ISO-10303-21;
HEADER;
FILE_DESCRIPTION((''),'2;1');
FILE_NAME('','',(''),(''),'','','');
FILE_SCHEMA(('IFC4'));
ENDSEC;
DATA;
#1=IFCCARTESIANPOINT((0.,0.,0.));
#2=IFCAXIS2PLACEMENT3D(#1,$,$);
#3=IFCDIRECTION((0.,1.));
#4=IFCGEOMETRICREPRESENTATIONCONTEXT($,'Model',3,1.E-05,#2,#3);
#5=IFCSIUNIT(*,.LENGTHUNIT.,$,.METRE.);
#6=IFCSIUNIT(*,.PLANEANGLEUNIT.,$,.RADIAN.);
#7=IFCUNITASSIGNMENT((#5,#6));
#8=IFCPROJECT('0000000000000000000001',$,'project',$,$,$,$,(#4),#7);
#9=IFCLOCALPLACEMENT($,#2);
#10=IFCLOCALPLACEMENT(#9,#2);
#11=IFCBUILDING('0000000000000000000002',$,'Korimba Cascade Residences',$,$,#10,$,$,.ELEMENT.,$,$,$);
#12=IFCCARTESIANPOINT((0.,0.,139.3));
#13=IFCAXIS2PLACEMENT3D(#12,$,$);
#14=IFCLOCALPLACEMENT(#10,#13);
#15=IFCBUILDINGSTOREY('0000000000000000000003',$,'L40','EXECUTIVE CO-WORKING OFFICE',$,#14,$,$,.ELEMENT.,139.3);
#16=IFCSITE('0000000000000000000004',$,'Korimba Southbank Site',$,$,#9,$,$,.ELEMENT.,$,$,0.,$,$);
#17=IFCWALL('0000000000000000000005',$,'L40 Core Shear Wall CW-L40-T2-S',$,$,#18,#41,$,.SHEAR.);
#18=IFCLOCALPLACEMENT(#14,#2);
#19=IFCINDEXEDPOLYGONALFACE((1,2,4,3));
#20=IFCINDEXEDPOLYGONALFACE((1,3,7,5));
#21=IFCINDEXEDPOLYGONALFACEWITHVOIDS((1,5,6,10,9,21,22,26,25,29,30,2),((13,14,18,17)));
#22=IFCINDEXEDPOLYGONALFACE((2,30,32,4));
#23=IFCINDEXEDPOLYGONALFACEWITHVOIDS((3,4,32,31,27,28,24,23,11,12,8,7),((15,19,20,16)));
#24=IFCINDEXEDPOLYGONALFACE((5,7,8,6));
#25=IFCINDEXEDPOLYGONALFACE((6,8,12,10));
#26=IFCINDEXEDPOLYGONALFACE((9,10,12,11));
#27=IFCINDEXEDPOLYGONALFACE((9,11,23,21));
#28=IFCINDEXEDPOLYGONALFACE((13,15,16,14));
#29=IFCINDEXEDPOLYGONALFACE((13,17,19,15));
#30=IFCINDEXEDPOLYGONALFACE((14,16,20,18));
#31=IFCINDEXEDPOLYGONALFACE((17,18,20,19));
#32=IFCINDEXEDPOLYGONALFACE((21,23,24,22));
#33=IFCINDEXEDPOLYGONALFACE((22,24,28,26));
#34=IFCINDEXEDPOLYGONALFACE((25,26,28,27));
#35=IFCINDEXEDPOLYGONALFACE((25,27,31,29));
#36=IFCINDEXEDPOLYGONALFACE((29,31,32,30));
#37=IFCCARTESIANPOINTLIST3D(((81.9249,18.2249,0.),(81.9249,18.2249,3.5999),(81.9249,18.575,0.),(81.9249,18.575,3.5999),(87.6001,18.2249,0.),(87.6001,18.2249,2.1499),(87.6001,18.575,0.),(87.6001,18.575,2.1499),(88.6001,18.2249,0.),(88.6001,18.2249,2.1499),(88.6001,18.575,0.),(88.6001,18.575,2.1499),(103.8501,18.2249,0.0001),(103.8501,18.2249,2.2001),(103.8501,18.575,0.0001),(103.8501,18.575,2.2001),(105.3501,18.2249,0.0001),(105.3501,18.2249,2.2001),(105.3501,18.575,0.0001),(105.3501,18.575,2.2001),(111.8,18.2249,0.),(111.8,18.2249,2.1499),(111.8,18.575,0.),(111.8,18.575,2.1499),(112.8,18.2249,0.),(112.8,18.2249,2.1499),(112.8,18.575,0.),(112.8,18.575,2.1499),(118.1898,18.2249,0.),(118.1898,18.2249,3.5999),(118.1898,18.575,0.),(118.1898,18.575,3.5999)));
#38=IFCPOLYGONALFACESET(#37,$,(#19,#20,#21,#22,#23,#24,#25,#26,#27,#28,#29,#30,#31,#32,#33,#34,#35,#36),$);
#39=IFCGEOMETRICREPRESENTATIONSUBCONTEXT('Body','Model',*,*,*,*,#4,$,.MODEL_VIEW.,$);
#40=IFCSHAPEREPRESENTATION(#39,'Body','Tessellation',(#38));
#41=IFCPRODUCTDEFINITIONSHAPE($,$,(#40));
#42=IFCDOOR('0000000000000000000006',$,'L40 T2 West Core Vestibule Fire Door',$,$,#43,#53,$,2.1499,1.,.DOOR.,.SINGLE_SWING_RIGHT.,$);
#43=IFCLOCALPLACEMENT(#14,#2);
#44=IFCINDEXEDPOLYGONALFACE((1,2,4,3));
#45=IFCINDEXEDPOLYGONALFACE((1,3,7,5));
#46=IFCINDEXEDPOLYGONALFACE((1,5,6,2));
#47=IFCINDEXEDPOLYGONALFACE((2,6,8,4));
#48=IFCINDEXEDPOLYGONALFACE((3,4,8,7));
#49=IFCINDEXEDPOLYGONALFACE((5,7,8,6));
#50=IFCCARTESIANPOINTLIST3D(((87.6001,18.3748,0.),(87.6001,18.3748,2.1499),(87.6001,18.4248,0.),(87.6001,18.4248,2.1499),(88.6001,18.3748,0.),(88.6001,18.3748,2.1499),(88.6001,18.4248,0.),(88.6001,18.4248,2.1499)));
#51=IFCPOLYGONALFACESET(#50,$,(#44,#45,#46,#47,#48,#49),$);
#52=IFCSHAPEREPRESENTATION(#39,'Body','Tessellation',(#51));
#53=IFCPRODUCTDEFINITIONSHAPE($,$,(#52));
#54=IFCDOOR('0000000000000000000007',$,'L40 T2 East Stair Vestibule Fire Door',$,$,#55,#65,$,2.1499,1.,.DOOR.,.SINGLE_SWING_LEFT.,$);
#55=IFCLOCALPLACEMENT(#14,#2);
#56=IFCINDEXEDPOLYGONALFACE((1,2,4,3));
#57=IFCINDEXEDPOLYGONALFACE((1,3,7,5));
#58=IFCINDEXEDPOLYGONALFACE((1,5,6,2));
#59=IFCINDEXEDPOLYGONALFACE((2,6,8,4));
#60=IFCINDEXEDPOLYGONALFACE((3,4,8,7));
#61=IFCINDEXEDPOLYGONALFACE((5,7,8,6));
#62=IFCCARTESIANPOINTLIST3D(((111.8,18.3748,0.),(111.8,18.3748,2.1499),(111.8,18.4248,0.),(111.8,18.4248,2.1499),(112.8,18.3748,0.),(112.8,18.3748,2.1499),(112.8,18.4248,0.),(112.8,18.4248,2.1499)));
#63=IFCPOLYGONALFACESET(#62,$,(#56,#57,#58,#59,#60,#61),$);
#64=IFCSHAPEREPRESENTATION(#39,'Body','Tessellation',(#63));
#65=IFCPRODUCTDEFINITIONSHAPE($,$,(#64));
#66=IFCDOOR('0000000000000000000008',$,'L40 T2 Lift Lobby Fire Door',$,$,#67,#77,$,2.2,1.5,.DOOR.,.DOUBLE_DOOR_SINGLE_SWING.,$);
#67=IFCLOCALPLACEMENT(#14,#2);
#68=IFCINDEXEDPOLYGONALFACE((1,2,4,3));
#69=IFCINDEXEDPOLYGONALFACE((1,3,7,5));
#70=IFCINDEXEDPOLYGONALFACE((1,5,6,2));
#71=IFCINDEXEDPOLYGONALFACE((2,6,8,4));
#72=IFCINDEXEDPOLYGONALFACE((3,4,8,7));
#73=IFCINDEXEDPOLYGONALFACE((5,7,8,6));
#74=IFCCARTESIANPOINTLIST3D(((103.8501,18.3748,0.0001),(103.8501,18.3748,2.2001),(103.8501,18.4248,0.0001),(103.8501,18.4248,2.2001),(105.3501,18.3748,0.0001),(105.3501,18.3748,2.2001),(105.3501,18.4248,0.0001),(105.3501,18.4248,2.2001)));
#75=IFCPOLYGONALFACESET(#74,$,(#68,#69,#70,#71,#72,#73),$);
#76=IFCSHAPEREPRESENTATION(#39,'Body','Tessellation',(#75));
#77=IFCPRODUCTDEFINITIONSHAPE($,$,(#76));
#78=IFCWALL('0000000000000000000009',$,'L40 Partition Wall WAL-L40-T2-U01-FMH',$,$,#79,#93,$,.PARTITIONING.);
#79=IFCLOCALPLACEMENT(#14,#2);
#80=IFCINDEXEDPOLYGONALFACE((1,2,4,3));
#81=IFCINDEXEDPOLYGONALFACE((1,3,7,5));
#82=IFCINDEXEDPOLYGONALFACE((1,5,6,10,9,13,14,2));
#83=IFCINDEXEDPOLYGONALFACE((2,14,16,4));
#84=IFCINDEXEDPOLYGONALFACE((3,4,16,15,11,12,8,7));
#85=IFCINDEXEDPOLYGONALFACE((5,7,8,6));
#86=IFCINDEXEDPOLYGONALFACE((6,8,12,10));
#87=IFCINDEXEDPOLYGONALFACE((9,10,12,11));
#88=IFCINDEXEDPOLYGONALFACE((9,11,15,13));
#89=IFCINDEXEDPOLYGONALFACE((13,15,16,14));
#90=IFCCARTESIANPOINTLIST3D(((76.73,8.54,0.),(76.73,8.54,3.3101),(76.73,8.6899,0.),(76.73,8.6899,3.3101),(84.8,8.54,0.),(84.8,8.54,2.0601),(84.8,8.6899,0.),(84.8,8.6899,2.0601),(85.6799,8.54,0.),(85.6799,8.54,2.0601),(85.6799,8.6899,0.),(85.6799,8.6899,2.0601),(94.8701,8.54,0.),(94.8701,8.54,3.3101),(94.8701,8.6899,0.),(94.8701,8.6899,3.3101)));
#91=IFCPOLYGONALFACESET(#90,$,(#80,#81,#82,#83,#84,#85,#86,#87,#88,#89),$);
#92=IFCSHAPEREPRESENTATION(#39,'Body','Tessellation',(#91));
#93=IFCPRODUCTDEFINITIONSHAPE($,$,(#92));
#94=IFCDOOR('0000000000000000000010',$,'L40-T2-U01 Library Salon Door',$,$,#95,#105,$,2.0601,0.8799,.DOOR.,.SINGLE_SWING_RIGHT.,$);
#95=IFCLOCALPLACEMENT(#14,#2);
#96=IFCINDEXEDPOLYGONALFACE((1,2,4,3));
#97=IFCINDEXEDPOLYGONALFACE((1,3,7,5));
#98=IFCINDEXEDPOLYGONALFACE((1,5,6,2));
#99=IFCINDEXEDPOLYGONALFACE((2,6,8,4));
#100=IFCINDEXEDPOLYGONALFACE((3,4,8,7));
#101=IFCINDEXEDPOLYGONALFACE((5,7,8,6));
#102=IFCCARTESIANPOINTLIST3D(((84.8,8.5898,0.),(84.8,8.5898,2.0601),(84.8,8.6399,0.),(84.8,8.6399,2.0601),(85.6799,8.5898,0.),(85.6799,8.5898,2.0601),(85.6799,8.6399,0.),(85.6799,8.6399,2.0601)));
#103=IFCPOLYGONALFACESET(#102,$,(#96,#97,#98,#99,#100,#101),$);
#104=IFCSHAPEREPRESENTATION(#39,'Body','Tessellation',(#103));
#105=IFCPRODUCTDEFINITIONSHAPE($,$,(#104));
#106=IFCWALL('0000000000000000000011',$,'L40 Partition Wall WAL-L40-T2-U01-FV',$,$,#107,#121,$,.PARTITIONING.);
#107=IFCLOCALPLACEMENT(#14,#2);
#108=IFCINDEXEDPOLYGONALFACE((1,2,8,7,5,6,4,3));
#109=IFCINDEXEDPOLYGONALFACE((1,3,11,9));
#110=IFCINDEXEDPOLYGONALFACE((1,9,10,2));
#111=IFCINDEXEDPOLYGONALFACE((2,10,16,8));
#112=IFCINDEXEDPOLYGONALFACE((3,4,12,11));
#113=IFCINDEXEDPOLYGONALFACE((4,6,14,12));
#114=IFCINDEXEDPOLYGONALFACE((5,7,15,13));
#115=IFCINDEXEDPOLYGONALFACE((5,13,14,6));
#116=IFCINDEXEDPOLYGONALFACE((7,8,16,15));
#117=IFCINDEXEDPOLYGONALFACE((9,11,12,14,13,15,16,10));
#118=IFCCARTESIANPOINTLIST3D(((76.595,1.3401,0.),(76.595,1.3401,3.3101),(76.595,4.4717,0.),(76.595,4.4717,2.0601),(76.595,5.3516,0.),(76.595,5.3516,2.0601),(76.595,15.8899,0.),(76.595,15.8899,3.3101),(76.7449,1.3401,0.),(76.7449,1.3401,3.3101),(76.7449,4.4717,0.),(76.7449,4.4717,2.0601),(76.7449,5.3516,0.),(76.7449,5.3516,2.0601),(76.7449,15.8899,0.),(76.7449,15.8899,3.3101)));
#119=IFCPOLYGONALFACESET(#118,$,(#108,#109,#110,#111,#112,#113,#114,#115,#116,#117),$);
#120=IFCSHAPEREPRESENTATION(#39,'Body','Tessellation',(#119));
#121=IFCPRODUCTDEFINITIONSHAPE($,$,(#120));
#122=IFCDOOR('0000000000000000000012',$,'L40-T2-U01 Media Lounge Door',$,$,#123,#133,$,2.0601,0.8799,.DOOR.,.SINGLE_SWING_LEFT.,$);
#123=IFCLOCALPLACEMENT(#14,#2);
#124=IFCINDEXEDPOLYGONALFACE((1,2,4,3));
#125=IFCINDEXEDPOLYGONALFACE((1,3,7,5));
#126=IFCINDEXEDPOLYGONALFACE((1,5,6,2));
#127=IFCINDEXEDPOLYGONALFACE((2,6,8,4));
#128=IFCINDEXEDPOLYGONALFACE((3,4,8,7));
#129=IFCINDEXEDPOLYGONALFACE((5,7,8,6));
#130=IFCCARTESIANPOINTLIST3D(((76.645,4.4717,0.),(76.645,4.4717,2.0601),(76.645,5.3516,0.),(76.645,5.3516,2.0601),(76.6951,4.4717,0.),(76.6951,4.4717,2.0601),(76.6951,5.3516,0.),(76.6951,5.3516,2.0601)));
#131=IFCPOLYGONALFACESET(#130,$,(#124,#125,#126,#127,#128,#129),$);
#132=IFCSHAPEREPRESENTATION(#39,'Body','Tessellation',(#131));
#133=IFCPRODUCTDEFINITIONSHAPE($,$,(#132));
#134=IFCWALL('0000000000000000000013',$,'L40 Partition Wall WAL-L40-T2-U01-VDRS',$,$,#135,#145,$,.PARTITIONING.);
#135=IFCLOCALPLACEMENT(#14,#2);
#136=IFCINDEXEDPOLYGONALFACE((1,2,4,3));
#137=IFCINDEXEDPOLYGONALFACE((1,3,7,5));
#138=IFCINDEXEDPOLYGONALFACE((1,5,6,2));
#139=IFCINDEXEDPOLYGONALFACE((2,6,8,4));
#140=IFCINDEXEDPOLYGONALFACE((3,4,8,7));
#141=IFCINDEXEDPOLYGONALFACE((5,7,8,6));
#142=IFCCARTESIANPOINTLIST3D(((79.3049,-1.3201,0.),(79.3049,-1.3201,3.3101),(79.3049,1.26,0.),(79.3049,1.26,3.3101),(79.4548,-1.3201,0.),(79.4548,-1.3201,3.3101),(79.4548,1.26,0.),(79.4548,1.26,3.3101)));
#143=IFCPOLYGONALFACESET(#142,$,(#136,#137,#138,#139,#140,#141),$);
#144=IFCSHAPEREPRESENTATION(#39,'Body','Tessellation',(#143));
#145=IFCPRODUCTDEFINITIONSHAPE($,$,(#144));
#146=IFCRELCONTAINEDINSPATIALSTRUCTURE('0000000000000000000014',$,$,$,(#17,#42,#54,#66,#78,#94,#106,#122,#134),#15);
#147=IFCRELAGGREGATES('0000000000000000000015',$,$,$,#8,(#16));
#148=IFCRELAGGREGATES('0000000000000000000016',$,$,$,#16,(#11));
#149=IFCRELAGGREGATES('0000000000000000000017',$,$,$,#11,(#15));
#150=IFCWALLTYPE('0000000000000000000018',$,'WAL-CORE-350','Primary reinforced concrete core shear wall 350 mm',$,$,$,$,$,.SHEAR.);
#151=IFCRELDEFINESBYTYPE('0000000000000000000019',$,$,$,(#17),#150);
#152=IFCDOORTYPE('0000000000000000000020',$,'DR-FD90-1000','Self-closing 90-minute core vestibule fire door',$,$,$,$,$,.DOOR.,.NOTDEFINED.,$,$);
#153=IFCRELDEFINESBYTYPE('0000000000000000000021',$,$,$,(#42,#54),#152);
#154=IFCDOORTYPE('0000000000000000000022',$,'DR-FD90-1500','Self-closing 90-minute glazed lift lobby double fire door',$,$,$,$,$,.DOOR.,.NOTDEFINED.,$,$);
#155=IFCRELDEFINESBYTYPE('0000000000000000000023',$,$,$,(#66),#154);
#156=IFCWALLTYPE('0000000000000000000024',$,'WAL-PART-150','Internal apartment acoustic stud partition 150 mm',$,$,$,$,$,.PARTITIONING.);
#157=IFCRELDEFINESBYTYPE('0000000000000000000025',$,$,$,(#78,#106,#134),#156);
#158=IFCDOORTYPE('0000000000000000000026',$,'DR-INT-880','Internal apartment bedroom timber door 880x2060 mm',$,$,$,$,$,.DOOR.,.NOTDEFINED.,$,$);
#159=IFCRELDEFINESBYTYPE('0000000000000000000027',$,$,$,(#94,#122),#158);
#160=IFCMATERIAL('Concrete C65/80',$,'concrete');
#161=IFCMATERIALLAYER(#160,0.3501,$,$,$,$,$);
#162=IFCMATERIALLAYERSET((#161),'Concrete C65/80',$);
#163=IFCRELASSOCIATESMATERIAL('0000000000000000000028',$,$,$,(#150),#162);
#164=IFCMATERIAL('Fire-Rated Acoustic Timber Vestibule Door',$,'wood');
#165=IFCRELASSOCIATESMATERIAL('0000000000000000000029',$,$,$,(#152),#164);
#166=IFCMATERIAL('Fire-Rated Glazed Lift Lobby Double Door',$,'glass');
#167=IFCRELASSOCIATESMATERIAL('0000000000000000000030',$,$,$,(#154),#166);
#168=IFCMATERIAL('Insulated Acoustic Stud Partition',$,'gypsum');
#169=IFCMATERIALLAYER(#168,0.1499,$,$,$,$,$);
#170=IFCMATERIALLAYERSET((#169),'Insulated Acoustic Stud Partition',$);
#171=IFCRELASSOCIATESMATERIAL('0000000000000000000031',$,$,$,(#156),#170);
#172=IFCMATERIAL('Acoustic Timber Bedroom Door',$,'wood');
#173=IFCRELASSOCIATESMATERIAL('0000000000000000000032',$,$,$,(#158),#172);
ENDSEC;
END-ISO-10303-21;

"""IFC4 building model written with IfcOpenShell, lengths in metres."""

from ifc_helpers import new_model, si_unit, direction, frame, frame_2d, origin, place, context, subcontext, project, spatial, rectangle, extrude, material, layer, layer_set, type_object, element, fill, save


model = new_model("IFC4")

# Units and contexts
model_context = context("Model", 3, precision=1e-05, world=origin(), true_north=direction((0.0, 1.0)))
body_context = subcontext(model_context, "Body", "Model", "MODEL_VIEW")
ifc_project = project(units=[si_unit("LENGTHUNIT", "METRE"), si_unit("PLANEANGLEUNIT", "RADIAN")], contexts=[model_context])

# Site, building, storey
site_placement = place(None, origin())
site = spatial("IfcSite", under=ifc_project, at=site_placement, Name="Korimba Southbank Site", CompositionType="ELEMENT", RefElevation=0.0)
building_placement = place(site_placement, origin())
building = spatial("IfcBuilding", under=site, at=building_placement, Name="Korimba Cascade Residences", CompositionType="ELEMENT")
storey_placement = place(building_placement, frame((0.0, 0.0, 139.3)))
storey = spatial("IfcBuildingStorey", under=building, at=storey_placement, Name="L40", Description="EXECUTIVE CO-WORKING OFFICE", CompositionType="ELEMENT", Elevation=139.3)

# Wall, openings, doors
ifc_material_1 = material(Name="Concrete C65/80", Category="concrete")
ifc_layer_1 = layer(ifc_material_1, 0.3501)
ifc_layer_set_1 = layer_set([ifc_layer_1], Name="Concrete C65/80")
wall_type_1 = type_object("IfcWallType", Name="WAL-CORE-350", Description="Primary reinforced concrete core shear wall 350 mm", PredefinedType="SHEAR", material=ifc_layer_set_1)
wall_1_placement = place(storey_placement, frame((81.925, 18.3999, 0.0), z_axis=(0.0, 0.0, 1.0), x_axis=(1.0, 0.0, 0.0)))
wall_1 = element("IfcWall", 1, at=wall_1_placement, inside=storey, type_object=wall_type_1, Name="L40 Core Shear Wall CW-L40-T2-S", PredefinedType="SHEAR", context=body_context, shape_type="SweptSolid", body=[
    extrude(rectangle(XDim=36.2649, YDim=0.3501, at=frame_2d((18.1323, 0.0))), origin(), (0.0, 0.0, 1.0), 3.5999),
])
opening_1_placement = place(wall_1_placement, frame((5.675, 0.0, 0.0)))
opening_1 = element("IfcOpeningElement", 2, at=opening_1_placement, cuts=wall_1, PredefinedType="OPENING", context=body_context, shape_type="SweptSolid", body=[
    extrude(rectangle(XDim=1.0, YDim=2.1499, at=frame_2d((0.5, 1.075))), frame((0.0, 0.1851, 0.0), z_axis=(0.0, -1.0, 0.0), x_axis=(1.0, 0.0, 0.0)), (0.0, 0.0, 1.0), 0.3701),
])
opening_2_placement = place(wall_1_placement, frame((21.925, 0.0, 0.0)))
opening_2 = element("IfcOpeningElement", 3, at=opening_2_placement, cuts=wall_1, PredefinedType="OPENING", context=body_context, shape_type="SweptSolid", body=[
    extrude(rectangle(XDim=1.5, YDim=2.2, at=frame_2d((0.75, 1.1001))), frame((0.0, 0.1851, 0.0), z_axis=(0.0, -1.0, 0.0), x_axis=(1.0, 0.0, 0.0)), (0.0, 0.0, 1.0), 0.3701),
])
opening_3_placement = place(wall_1_placement, frame((29.875, 0.0, 0.0)))
opening_3 = element("IfcOpeningElement", 4, at=opening_3_placement, cuts=wall_1, PredefinedType="OPENING", context=body_context, shape_type="SweptSolid", body=[
    extrude(rectangle(XDim=1.0, YDim=2.1499, at=frame_2d((0.5, 1.075))), frame((0.0, 0.1851, 0.0), z_axis=(0.0, -1.0, 0.0), x_axis=(1.0, 0.0, 0.0)), (0.0, 0.0, 1.0), 0.3701),
])
ifc_material_2 = material(Name="Fire-Rated Acoustic Timber Vestibule Door", Category="wood")
door_type_1 = type_object("IfcDoorType", Name="DR-FD90-1000", Description="Self-closing 90-minute core vestibule fire door", OperationType="NOTDEFINED", PredefinedType="DOOR", material=ifc_material_2)
door_1_placement = place(opening_1_placement, origin())
door_1 = element("IfcDoor", 5, at=door_1_placement, inside=storey, type_object=door_type_1, Name="L40 T2 West Core Vestibule Fire Door", OperationType="SINGLE_SWING_RIGHT", OverallHeight=2.1499, OverallWidth=1.0, PredefinedType="DOOR", context=body_context, shape_type="SweptSolid", body=[
    extrude(rectangle(XDim=1.0, YDim=2.1499, at=frame_2d((0.5, 1.075))), frame((0.0, 0.0249, 0.0), z_axis=(0.0, -1.0, 0.0), x_axis=(1.0, 0.0, 0.0)), (0.0, 0.0, 1.0), 0.05),
])
fill(opening_1, door_1)
door_2_placement = place(opening_3_placement, origin())
door_2 = element("IfcDoor", 6, at=door_2_placement, inside=storey, type_object=door_type_1, Name="L40 T2 East Stair Vestibule Fire Door", OperationType="SINGLE_SWING_LEFT", OverallHeight=2.1499, OverallWidth=1.0, PredefinedType="DOOR", context=body_context, shape_type="SweptSolid", body=[
    extrude(rectangle(XDim=1.0, YDim=2.1499, at=frame_2d((0.5, 1.075))), frame((0.0, 0.0249, 0.0), z_axis=(0.0, -1.0, 0.0), x_axis=(1.0, 0.0, 0.0)), (0.0, 0.0, 1.0), 0.05),
])
fill(opening_3, door_2)
ifc_material_3 = material(Name="Fire-Rated Glazed Lift Lobby Double Door", Category="glass")
door_type_2 = type_object("IfcDoorType", Name="DR-FD90-1500", Description="Self-closing 90-minute glazed lift lobby double fire door", OperationType="NOTDEFINED", PredefinedType="DOOR", material=ifc_material_3)
door_3_placement = place(opening_2_placement, origin())
door_3 = element("IfcDoor", 7, at=door_3_placement, inside=storey, type_object=door_type_2, Name="L40 T2 Lift Lobby Fire Door", OperationType="DOUBLE_DOOR_SINGLE_SWING", OverallHeight=2.2, OverallWidth=1.5, PredefinedType="DOOR", context=body_context, shape_type="SweptSolid", body=[
    extrude(rectangle(XDim=1.5, YDim=2.2, at=frame_2d((0.75, 1.1001))), frame((0.0, 0.0249, 0.0), z_axis=(0.0, -1.0, 0.0), x_axis=(1.0, 0.0, 0.0)), (0.0, 0.0, 1.0), 0.05),
])
fill(opening_2, door_3)

# Walls, openings, doors
ifc_material_4 = material(Name="Insulated Acoustic Stud Partition", Category="gypsum")
ifc_layer_2 = layer(ifc_material_4, 0.1499)
ifc_layer_set_2 = layer_set([ifc_layer_2], Name="Insulated Acoustic Stud Partition")
wall_type_2 = type_object("IfcWallType", Name="WAL-PART-150", Description="Internal apartment acoustic stud partition 150 mm", PredefinedType="PARTITIONING", material=ifc_layer_set_2)
wall_2_placement = place(storey_placement, frame((76.73, 8.615, 0.0), z_axis=(0.0, 0.0, 1.0), x_axis=(1.0, 0.0, 0.0)))
wall_2 = element("IfcWall", 8, at=wall_2_placement, inside=storey, type_object=wall_type_2, Name="L40 Partition Wall WAL-L40-T2-U01-FMH", PredefinedType="PARTITIONING", context=body_context, shape_type="SweptSolid", body=[
    extrude(rectangle(XDim=18.1401, YDim=0.1499, at=frame_2d((9.0701, 0.0))), origin(), (0.0, 0.0, 1.0), 3.3101),
])
opening_4_placement = place(wall_2_placement, frame((8.0701, 0.0, 0.0)))
opening_4 = element("IfcOpeningElement", 9, at=opening_4_placement, cuts=wall_2, PredefinedType="OPENING", context=body_context, shape_type="SweptSolid", body=[
    extrude(rectangle(XDim=0.8799, YDim=2.0601, at=frame_2d((0.4399, 1.03))), frame((0.0, 0.085, 0.0), z_axis=(0.0, -1.0, 0.0), x_axis=(1.0, 0.0, 0.0)), (0.0, 0.0, 1.0), 0.1699),
])
ifc_material_5 = material(Name="Acoustic Timber Bedroom Door", Category="wood")
door_type_3 = type_object("IfcDoorType", Name="DR-INT-880", Description="Internal apartment bedroom timber door 880x2060 mm", OperationType="NOTDEFINED", PredefinedType="DOOR", material=ifc_material_5)
door_4_placement = place(opening_4_placement, origin())
door_4 = element("IfcDoor", 10, at=door_4_placement, inside=storey, type_object=door_type_3, Name="L40-T2-U01 Library Salon Door", OperationType="SINGLE_SWING_RIGHT", OverallHeight=2.0601, OverallWidth=0.8799, PredefinedType="DOOR", context=body_context, shape_type="SweptSolid", body=[
    extrude(rectangle(XDim=0.8799, YDim=2.0601, at=frame_2d((0.4399, 1.03))), frame((0.0, 0.0249, 0.0), z_axis=(0.0, -1.0, 0.0), x_axis=(1.0, 0.0, 0.0)), (0.0, 0.0, 1.0), 0.05),
])
fill(opening_4, door_4)
wall_3_placement = place(storey_placement, frame((76.6699, 1.3401, 0.0), z_axis=(0.0, 0.0, 1.0), x_axis=(0.0, 1.0, 0.0)))
wall_3 = element("IfcWall", 11, at=wall_3_placement, inside=storey, type_object=wall_type_2, Name="L40 Partition Wall WAL-L40-T2-U01-FV", PredefinedType="PARTITIONING", context=body_context, shape_type="SweptSolid", body=[
    extrude(rectangle(XDim=14.5498, YDim=0.1499, at=frame_2d((7.2749, 0.0))), origin(), (0.0, 0.0, 1.0), 3.3101),
])
opening_5_placement = place(wall_3_placement, frame((3.1316, 0.0, 0.0)))
opening_5 = element("IfcOpeningElement", 12, at=opening_5_placement, cuts=wall_3, PredefinedType="OPENING", context=body_context, shape_type="SweptSolid", body=[
    extrude(rectangle(XDim=0.8799, YDim=2.0601, at=frame_2d((0.4399, 1.03))), frame((0.0, 0.085, 0.0), z_axis=(0.0, -1.0, 0.0), x_axis=(1.0, 0.0, 0.0)), (0.0, 0.0, 1.0), 0.1699),
])
door_5_placement = place(opening_5_placement, origin())
door_5 = element("IfcDoor", 13, at=door_5_placement, inside=storey, type_object=door_type_3, Name="L40-T2-U01 Media Lounge Door", OperationType="SINGLE_SWING_LEFT", OverallHeight=2.0601, OverallWidth=0.8799, PredefinedType="DOOR", context=body_context, shape_type="SweptSolid", body=[
    extrude(rectangle(XDim=0.8799, YDim=2.0601, at=frame_2d((0.4399, 1.03))), frame((0.0, 0.0249, 0.0), z_axis=(0.0, -1.0, 0.0), x_axis=(1.0, 0.0, 0.0)), (0.0, 0.0, 1.0), 0.05),
])
fill(opening_5, door_5)

# Wall
wall_4_placement = place(storey_placement, frame((79.3799, -1.3201, 0.0), z_axis=(0.0, 0.0, 1.0), x_axis=(0.0, 1.0, 0.0)))
element("IfcWall", 14, at=wall_4_placement, inside=storey, type_object=wall_type_2, Name="L40 Partition Wall WAL-L40-T2-U01-VDRS", PredefinedType="PARTITIONING", context=body_context, shape_type="SweptSolid", body=[
    extrude(rectangle(XDim=2.5801, YDim=0.1499, at=frame_2d((1.29, 0.0))), origin(), (0.0, 0.0, 1.0), 3.3101),
])

save(model, "model.ifc")
